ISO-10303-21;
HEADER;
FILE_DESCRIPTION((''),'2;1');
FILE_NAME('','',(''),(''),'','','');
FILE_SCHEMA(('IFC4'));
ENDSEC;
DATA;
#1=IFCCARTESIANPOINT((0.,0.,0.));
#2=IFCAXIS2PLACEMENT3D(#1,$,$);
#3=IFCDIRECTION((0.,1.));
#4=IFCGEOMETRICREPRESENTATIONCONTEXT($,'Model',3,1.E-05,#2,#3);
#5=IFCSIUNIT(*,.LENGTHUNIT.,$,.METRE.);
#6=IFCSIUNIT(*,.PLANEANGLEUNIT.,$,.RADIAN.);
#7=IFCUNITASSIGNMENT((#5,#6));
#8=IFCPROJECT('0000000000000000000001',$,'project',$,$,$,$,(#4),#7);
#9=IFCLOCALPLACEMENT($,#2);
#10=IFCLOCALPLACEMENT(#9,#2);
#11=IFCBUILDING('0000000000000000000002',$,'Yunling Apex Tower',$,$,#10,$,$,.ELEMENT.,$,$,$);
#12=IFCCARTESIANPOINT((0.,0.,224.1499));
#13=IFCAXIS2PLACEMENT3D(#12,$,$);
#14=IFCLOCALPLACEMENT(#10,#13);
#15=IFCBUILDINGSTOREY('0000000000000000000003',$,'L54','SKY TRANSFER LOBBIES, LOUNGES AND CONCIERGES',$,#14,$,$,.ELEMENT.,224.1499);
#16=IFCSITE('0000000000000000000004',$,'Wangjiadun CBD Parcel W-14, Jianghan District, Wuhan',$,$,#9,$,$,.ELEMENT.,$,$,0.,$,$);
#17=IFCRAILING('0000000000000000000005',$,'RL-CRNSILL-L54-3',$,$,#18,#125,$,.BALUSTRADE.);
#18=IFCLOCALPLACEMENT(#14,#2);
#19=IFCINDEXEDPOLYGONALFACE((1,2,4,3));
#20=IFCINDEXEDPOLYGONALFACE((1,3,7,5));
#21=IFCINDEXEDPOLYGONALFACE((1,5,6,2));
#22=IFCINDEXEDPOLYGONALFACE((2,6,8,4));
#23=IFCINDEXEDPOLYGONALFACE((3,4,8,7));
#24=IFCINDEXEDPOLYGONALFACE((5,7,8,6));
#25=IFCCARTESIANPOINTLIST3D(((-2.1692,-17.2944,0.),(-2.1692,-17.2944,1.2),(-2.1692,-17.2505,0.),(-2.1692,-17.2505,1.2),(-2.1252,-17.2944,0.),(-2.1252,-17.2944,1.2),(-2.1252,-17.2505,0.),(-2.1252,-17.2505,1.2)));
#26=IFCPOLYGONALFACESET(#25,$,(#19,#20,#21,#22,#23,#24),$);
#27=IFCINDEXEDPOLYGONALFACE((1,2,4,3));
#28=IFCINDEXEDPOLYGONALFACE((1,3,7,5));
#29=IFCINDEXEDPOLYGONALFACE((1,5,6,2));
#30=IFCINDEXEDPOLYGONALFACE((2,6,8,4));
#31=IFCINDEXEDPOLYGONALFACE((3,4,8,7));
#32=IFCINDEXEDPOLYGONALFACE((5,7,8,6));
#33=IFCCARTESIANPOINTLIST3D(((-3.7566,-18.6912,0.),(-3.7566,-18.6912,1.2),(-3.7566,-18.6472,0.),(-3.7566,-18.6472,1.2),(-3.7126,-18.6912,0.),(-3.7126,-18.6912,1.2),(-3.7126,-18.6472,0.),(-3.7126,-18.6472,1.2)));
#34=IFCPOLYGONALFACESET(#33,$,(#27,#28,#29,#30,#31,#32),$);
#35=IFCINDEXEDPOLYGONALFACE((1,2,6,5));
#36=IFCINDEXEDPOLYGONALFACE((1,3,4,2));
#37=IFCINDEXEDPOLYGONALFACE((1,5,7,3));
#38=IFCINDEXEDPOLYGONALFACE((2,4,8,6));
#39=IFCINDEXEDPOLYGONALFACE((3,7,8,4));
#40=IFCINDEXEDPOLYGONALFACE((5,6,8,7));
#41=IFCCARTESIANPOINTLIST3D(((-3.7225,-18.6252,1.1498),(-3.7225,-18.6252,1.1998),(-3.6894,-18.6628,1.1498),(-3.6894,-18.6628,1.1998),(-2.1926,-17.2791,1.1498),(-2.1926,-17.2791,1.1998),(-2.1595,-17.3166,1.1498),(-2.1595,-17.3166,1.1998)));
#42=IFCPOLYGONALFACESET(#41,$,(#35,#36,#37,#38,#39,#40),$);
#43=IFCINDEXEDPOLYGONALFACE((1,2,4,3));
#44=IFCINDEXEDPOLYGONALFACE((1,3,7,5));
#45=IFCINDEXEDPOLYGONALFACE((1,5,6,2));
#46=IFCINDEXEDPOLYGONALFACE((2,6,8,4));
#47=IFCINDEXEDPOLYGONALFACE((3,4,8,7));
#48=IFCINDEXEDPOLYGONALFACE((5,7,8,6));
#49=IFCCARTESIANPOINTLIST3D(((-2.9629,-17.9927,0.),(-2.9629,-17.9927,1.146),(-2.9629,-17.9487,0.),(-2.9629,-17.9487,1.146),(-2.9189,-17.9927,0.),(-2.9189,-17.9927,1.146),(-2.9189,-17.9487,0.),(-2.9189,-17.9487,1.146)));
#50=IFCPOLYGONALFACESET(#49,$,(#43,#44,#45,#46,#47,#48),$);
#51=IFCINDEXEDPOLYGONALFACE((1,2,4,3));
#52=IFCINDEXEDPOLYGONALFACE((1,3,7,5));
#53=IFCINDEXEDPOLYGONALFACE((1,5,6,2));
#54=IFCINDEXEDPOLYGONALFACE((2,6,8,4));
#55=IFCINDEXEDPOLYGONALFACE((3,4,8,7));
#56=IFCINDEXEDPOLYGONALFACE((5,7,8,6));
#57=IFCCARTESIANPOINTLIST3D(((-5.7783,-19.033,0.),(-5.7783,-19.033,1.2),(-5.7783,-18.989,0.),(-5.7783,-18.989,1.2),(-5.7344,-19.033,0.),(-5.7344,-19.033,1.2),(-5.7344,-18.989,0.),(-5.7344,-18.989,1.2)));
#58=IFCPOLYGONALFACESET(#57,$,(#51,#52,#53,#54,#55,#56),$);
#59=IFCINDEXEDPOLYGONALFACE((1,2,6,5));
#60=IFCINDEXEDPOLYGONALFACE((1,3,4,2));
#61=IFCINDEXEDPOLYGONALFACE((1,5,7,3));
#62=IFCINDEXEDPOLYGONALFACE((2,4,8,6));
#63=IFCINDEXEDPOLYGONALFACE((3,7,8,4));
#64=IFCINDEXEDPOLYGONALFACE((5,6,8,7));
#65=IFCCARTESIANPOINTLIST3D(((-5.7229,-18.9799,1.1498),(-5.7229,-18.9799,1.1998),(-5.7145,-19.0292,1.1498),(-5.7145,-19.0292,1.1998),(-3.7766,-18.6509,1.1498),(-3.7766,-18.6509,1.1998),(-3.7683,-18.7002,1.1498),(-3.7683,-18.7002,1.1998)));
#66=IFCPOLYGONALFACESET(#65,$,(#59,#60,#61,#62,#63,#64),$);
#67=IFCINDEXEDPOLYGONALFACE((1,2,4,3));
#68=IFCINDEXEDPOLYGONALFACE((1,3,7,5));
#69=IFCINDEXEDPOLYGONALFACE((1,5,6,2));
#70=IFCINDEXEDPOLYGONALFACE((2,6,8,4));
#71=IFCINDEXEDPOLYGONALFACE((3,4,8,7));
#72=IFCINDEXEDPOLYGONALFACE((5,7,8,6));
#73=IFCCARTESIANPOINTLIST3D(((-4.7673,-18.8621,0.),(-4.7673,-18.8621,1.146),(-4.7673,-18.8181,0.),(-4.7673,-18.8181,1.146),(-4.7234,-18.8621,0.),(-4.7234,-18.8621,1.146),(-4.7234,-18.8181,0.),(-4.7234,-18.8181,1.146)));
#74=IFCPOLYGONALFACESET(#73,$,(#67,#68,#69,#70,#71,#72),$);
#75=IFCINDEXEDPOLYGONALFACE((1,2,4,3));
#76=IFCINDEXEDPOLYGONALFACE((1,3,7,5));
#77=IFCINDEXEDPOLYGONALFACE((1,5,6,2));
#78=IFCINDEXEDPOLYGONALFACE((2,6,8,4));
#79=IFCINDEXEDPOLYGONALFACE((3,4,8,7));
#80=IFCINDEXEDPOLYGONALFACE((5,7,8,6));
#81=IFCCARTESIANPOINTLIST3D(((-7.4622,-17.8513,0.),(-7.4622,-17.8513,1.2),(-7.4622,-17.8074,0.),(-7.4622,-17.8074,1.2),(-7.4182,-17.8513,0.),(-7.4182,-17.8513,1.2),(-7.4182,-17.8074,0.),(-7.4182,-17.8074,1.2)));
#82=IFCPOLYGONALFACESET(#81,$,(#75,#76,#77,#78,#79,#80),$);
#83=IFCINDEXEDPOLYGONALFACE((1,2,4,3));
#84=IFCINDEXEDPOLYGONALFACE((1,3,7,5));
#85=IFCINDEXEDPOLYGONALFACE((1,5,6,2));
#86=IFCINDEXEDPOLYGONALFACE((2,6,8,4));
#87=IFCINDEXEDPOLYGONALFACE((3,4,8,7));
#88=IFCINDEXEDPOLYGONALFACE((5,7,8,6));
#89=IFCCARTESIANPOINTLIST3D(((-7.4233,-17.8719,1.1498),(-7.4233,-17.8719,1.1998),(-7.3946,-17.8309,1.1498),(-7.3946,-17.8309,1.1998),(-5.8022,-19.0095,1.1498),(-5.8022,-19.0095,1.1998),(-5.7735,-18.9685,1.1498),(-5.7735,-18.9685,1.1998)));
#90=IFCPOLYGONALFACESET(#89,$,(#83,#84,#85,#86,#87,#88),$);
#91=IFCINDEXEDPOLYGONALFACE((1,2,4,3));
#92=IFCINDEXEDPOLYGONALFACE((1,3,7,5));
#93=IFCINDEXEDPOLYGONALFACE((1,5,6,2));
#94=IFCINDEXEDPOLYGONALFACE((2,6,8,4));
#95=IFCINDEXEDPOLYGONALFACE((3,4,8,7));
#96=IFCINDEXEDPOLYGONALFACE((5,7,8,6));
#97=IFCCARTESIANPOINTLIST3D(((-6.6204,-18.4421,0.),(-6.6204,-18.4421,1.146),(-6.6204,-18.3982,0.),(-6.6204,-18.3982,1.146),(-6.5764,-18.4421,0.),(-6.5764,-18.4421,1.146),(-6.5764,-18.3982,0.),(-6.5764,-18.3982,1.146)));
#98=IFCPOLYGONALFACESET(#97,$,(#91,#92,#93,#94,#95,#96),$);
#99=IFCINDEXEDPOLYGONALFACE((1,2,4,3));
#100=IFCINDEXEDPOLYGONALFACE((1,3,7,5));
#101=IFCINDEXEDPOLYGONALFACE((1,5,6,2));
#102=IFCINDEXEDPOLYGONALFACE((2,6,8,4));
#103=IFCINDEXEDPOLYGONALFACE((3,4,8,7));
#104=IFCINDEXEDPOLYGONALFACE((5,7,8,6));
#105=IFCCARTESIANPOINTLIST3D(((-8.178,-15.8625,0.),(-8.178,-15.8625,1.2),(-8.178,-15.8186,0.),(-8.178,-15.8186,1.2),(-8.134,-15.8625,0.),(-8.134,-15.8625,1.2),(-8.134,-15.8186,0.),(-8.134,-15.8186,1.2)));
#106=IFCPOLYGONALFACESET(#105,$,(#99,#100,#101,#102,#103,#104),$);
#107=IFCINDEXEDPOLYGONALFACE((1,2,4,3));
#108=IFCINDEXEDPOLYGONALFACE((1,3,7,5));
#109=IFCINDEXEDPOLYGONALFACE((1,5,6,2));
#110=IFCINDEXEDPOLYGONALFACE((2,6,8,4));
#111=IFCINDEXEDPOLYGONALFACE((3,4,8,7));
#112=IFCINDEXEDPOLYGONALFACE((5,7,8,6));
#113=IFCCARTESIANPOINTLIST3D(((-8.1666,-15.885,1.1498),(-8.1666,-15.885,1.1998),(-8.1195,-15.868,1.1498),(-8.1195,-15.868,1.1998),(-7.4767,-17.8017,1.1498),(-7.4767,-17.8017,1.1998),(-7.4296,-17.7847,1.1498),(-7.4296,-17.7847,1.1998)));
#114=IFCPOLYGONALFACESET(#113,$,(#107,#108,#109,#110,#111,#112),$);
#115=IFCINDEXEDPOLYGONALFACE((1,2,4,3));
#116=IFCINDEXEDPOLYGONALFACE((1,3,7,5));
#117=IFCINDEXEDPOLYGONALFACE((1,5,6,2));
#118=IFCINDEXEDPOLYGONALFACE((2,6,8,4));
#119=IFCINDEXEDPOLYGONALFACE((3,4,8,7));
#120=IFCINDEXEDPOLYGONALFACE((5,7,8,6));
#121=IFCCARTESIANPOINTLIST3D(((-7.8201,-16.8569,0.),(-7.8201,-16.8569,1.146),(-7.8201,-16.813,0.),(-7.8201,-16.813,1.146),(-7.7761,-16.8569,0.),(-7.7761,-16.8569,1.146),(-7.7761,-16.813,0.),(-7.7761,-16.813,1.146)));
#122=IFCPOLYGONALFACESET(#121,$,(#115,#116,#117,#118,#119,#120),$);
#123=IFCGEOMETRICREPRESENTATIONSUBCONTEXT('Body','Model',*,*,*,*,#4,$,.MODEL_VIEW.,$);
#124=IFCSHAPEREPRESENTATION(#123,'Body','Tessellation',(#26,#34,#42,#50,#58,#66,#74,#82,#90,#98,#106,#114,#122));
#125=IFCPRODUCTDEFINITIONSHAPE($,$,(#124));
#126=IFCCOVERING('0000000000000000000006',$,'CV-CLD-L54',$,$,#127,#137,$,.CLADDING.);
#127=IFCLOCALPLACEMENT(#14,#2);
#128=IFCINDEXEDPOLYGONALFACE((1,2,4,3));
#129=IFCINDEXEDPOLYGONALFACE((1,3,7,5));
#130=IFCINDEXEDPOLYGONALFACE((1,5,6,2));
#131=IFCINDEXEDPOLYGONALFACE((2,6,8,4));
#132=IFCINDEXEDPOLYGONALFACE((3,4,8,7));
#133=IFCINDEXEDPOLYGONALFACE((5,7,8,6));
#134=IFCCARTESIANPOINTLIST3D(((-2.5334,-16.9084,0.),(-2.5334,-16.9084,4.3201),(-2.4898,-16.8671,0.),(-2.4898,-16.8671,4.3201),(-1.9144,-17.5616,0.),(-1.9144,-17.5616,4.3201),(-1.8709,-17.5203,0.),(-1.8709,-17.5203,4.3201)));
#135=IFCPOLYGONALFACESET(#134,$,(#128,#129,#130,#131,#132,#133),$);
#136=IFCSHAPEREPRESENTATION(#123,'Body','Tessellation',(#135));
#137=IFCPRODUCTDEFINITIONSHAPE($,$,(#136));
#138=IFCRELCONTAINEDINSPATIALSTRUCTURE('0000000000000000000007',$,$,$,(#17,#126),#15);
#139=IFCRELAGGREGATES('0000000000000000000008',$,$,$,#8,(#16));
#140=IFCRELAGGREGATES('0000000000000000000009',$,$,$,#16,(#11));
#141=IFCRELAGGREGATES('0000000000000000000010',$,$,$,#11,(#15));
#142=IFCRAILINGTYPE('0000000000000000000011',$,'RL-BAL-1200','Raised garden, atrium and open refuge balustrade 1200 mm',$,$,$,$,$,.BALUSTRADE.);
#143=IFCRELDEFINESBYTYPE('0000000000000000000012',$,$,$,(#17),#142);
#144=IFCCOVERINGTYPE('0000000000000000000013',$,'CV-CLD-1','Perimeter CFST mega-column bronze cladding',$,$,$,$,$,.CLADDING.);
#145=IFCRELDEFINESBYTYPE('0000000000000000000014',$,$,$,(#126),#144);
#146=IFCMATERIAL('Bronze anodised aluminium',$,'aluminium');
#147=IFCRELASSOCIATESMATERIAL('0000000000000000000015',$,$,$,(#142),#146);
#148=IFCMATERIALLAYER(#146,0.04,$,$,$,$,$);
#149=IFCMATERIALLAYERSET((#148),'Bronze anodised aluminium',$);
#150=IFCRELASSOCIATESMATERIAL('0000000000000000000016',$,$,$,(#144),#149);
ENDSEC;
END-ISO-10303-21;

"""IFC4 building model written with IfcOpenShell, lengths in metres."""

from ifc_helpers import new_model, si_unit, direction, frame, origin, origin_2d, place, context, subcontext, project, spatial, rectangle, extrude, source, transform, mapped, material, layer, layer_set, type_object, element, save


model = new_model("IFC4")

# Units and contexts
model_context = context("Model", 3, precision=1e-05, world=origin(), true_north=direction((0.0, 1.0)))
body_context = subcontext(model_context, "Body", "Model", "MODEL_VIEW")
ifc_project = project(units=[si_unit("LENGTHUNIT", "METRE"), si_unit("PLANEANGLEUNIT", "RADIAN")], contexts=[model_context])

# Site, building, storey
site_placement = place(None, origin())
site = spatial("IfcSite", under=ifc_project, at=site_placement, Name="Wangjiadun CBD Parcel W-14, Jianghan District, Wuhan", CompositionType="ELEMENT", RefElevation=0.0)
building_placement = place(site_placement, origin())
building = spatial("IfcBuilding", under=site, at=building_placement, Name="Yunling Apex Tower", CompositionType="ELEMENT")
storey_placement = place(building_placement, frame((0.0, 0.0, 224.1499)))
storey = spatial("IfcBuildingStorey", under=building, at=storey_placement, Name="L54", Description="SKY TRANSFER LOBBIES, LOUNGES AND CONCIERGES", CompositionType="ELEMENT", Elevation=224.1499)

# Shared definitions
ifc_material_1 = material(Name="Bronze anodised aluminium", Category="aluminium")

# Railing
railing_type = type_object("IfcRailingType", Name="RL-BAL-1200", Description="Raised garden, atrium and open refuge balustrade 1200 mm", PredefinedType="BALUSTRADE", material=ifc_material_1)
railing_placement = place(storey_placement, frame((-2.1472, -17.2725, 0.0)))
element("IfcRailing", 1, at=railing_placement, inside=storey, type_object=railing_type, Name="RL-CRNSILL-L54-3", PredefinedType="BALUSTRADE", context=body_context, shape_type="SweptSolid", body=[
    extrude(rectangle(XDim=0.0439, YDim=0.0439, at=origin_2d()), origin(), (0.0, 0.0, 1.0), 1.2),
    extrude(rectangle(XDim=0.0439, YDim=0.0439, at=origin_2d()), frame((-1.5874, -1.3967, 0.0)), (0.0, 0.0, 1.0), 1.2),
    extrude(rectangle(XDim=0.05, YDim=0.05, at=origin_2d()), frame((-0.0288, -0.0254, 1.1748), z_axis=(-0.750757, -0.660578, 0.0), x_axis=(0.660578, -0.750757, 0.0)), (0.0, 0.0, 1.0), 2.0378),
    extrude(rectangle(XDim=0.0439, YDim=0.0439, at=origin_2d()), frame((-0.7937, -0.6982, 0.0)), (0.0, 0.0, 1.0), 1.146),
    extrude(rectangle(XDim=0.0439, YDim=0.0439, at=origin_2d()), frame((-3.6091, -1.7385, 0.0)), (0.0, 0.0, 1.0), 1.2),
    extrude(rectangle(XDim=0.05, YDim=0.05, at=origin_2d()), frame((-1.6252, -1.4031, 1.1748), z_axis=(-0.986008, -0.166696, 0.0), x_axis=(0.166696, -0.986008, 0.0)), (0.0, 0.0, 1.0), 1.9739),
    extrude(rectangle(XDim=0.0439, YDim=0.0439, at=origin_2d()), frame((-2.5981, -1.5676, 0.0)), (0.0, 0.0, 1.0), 1.146),
    extrude(rectangle(XDim=0.0439, YDim=0.0439, at=origin_2d()), frame((-5.293, -0.5569, 0.0)), (0.0, 0.0, 1.0), 1.2),
    extrude(rectangle(XDim=0.05, YDim=0.05, at=origin_2d()), frame((-3.6406, -1.7166, 1.1748), z_axis=(-0.818557, 0.574426, 0.0), x_axis=(-0.574426, -0.818557, 0.0)), (0.0, 0.0, 1.0), 1.9805),
    extrude(rectangle(XDim=0.0439, YDim=0.0439, at=origin_2d()), frame((-4.4512, -1.1477, 0.0)), (0.0, 0.0, 1.0), 1.146),
    extrude(rectangle(XDim=0.0439, YDim=0.0439, at=origin_2d()), frame((-6.0088, 1.4319, 0.0)), (0.0, 0.0, 1.0), 1.2),
    extrude(rectangle(XDim=0.05, YDim=0.05, at=origin_2d()), frame((-5.3059, -0.5208, 1.1748), z_axis=(-0.338662, 0.940908, 0.0), x_axis=(-0.940908, -0.338662, 0.0)), (0.0, 0.0, 1.0), 2.0371),
    extrude(rectangle(XDim=0.0439, YDim=0.0439, at=origin_2d()), frame((-5.6509, 0.4375, 0.0)), (0.0, 0.0, 1.0), 1.146),
])

# Covering
ifc_layer_1 = layer(ifc_material_1, 0.04)
ifc_layer_set_1 = layer_set([ifc_layer_1], Name="Bronze anodised aluminium")
covering_type = type_object("IfcCoveringType", Name="CV-CLD-1", Description="Perimeter CFST mega-column bronze cladding", PredefinedType="CLADDING", material=ifc_layer_set_1)
shared_shape_1 = source(origin(), body_context, "Body", "SweptSolid", [
    extrude(rectangle(XDim=0.0601, YDim=0.8999, at=origin_2d()), origin(), (0.0, 0.0, 1.0), 4.3201),
])
covering_placement = place(storey_placement, frame((-2.2021, -17.2144, 0.0), z_axis=(0.0, 0.0, 1.0), x_axis=(0.725855, 0.687848, 0.0)))
element("IfcCovering", 2, at=covering_placement, inside=storey, type_object=covering_type, Name="CV-CLD-L54", PredefinedType="CLADDING", context=body_context, shape_type="MappedRepresentation", body=[
    mapped(shared_shape_1, transform((0.0, 0.0, 0.0), scale=1.0)),
])

save(model, "model.ifc")
